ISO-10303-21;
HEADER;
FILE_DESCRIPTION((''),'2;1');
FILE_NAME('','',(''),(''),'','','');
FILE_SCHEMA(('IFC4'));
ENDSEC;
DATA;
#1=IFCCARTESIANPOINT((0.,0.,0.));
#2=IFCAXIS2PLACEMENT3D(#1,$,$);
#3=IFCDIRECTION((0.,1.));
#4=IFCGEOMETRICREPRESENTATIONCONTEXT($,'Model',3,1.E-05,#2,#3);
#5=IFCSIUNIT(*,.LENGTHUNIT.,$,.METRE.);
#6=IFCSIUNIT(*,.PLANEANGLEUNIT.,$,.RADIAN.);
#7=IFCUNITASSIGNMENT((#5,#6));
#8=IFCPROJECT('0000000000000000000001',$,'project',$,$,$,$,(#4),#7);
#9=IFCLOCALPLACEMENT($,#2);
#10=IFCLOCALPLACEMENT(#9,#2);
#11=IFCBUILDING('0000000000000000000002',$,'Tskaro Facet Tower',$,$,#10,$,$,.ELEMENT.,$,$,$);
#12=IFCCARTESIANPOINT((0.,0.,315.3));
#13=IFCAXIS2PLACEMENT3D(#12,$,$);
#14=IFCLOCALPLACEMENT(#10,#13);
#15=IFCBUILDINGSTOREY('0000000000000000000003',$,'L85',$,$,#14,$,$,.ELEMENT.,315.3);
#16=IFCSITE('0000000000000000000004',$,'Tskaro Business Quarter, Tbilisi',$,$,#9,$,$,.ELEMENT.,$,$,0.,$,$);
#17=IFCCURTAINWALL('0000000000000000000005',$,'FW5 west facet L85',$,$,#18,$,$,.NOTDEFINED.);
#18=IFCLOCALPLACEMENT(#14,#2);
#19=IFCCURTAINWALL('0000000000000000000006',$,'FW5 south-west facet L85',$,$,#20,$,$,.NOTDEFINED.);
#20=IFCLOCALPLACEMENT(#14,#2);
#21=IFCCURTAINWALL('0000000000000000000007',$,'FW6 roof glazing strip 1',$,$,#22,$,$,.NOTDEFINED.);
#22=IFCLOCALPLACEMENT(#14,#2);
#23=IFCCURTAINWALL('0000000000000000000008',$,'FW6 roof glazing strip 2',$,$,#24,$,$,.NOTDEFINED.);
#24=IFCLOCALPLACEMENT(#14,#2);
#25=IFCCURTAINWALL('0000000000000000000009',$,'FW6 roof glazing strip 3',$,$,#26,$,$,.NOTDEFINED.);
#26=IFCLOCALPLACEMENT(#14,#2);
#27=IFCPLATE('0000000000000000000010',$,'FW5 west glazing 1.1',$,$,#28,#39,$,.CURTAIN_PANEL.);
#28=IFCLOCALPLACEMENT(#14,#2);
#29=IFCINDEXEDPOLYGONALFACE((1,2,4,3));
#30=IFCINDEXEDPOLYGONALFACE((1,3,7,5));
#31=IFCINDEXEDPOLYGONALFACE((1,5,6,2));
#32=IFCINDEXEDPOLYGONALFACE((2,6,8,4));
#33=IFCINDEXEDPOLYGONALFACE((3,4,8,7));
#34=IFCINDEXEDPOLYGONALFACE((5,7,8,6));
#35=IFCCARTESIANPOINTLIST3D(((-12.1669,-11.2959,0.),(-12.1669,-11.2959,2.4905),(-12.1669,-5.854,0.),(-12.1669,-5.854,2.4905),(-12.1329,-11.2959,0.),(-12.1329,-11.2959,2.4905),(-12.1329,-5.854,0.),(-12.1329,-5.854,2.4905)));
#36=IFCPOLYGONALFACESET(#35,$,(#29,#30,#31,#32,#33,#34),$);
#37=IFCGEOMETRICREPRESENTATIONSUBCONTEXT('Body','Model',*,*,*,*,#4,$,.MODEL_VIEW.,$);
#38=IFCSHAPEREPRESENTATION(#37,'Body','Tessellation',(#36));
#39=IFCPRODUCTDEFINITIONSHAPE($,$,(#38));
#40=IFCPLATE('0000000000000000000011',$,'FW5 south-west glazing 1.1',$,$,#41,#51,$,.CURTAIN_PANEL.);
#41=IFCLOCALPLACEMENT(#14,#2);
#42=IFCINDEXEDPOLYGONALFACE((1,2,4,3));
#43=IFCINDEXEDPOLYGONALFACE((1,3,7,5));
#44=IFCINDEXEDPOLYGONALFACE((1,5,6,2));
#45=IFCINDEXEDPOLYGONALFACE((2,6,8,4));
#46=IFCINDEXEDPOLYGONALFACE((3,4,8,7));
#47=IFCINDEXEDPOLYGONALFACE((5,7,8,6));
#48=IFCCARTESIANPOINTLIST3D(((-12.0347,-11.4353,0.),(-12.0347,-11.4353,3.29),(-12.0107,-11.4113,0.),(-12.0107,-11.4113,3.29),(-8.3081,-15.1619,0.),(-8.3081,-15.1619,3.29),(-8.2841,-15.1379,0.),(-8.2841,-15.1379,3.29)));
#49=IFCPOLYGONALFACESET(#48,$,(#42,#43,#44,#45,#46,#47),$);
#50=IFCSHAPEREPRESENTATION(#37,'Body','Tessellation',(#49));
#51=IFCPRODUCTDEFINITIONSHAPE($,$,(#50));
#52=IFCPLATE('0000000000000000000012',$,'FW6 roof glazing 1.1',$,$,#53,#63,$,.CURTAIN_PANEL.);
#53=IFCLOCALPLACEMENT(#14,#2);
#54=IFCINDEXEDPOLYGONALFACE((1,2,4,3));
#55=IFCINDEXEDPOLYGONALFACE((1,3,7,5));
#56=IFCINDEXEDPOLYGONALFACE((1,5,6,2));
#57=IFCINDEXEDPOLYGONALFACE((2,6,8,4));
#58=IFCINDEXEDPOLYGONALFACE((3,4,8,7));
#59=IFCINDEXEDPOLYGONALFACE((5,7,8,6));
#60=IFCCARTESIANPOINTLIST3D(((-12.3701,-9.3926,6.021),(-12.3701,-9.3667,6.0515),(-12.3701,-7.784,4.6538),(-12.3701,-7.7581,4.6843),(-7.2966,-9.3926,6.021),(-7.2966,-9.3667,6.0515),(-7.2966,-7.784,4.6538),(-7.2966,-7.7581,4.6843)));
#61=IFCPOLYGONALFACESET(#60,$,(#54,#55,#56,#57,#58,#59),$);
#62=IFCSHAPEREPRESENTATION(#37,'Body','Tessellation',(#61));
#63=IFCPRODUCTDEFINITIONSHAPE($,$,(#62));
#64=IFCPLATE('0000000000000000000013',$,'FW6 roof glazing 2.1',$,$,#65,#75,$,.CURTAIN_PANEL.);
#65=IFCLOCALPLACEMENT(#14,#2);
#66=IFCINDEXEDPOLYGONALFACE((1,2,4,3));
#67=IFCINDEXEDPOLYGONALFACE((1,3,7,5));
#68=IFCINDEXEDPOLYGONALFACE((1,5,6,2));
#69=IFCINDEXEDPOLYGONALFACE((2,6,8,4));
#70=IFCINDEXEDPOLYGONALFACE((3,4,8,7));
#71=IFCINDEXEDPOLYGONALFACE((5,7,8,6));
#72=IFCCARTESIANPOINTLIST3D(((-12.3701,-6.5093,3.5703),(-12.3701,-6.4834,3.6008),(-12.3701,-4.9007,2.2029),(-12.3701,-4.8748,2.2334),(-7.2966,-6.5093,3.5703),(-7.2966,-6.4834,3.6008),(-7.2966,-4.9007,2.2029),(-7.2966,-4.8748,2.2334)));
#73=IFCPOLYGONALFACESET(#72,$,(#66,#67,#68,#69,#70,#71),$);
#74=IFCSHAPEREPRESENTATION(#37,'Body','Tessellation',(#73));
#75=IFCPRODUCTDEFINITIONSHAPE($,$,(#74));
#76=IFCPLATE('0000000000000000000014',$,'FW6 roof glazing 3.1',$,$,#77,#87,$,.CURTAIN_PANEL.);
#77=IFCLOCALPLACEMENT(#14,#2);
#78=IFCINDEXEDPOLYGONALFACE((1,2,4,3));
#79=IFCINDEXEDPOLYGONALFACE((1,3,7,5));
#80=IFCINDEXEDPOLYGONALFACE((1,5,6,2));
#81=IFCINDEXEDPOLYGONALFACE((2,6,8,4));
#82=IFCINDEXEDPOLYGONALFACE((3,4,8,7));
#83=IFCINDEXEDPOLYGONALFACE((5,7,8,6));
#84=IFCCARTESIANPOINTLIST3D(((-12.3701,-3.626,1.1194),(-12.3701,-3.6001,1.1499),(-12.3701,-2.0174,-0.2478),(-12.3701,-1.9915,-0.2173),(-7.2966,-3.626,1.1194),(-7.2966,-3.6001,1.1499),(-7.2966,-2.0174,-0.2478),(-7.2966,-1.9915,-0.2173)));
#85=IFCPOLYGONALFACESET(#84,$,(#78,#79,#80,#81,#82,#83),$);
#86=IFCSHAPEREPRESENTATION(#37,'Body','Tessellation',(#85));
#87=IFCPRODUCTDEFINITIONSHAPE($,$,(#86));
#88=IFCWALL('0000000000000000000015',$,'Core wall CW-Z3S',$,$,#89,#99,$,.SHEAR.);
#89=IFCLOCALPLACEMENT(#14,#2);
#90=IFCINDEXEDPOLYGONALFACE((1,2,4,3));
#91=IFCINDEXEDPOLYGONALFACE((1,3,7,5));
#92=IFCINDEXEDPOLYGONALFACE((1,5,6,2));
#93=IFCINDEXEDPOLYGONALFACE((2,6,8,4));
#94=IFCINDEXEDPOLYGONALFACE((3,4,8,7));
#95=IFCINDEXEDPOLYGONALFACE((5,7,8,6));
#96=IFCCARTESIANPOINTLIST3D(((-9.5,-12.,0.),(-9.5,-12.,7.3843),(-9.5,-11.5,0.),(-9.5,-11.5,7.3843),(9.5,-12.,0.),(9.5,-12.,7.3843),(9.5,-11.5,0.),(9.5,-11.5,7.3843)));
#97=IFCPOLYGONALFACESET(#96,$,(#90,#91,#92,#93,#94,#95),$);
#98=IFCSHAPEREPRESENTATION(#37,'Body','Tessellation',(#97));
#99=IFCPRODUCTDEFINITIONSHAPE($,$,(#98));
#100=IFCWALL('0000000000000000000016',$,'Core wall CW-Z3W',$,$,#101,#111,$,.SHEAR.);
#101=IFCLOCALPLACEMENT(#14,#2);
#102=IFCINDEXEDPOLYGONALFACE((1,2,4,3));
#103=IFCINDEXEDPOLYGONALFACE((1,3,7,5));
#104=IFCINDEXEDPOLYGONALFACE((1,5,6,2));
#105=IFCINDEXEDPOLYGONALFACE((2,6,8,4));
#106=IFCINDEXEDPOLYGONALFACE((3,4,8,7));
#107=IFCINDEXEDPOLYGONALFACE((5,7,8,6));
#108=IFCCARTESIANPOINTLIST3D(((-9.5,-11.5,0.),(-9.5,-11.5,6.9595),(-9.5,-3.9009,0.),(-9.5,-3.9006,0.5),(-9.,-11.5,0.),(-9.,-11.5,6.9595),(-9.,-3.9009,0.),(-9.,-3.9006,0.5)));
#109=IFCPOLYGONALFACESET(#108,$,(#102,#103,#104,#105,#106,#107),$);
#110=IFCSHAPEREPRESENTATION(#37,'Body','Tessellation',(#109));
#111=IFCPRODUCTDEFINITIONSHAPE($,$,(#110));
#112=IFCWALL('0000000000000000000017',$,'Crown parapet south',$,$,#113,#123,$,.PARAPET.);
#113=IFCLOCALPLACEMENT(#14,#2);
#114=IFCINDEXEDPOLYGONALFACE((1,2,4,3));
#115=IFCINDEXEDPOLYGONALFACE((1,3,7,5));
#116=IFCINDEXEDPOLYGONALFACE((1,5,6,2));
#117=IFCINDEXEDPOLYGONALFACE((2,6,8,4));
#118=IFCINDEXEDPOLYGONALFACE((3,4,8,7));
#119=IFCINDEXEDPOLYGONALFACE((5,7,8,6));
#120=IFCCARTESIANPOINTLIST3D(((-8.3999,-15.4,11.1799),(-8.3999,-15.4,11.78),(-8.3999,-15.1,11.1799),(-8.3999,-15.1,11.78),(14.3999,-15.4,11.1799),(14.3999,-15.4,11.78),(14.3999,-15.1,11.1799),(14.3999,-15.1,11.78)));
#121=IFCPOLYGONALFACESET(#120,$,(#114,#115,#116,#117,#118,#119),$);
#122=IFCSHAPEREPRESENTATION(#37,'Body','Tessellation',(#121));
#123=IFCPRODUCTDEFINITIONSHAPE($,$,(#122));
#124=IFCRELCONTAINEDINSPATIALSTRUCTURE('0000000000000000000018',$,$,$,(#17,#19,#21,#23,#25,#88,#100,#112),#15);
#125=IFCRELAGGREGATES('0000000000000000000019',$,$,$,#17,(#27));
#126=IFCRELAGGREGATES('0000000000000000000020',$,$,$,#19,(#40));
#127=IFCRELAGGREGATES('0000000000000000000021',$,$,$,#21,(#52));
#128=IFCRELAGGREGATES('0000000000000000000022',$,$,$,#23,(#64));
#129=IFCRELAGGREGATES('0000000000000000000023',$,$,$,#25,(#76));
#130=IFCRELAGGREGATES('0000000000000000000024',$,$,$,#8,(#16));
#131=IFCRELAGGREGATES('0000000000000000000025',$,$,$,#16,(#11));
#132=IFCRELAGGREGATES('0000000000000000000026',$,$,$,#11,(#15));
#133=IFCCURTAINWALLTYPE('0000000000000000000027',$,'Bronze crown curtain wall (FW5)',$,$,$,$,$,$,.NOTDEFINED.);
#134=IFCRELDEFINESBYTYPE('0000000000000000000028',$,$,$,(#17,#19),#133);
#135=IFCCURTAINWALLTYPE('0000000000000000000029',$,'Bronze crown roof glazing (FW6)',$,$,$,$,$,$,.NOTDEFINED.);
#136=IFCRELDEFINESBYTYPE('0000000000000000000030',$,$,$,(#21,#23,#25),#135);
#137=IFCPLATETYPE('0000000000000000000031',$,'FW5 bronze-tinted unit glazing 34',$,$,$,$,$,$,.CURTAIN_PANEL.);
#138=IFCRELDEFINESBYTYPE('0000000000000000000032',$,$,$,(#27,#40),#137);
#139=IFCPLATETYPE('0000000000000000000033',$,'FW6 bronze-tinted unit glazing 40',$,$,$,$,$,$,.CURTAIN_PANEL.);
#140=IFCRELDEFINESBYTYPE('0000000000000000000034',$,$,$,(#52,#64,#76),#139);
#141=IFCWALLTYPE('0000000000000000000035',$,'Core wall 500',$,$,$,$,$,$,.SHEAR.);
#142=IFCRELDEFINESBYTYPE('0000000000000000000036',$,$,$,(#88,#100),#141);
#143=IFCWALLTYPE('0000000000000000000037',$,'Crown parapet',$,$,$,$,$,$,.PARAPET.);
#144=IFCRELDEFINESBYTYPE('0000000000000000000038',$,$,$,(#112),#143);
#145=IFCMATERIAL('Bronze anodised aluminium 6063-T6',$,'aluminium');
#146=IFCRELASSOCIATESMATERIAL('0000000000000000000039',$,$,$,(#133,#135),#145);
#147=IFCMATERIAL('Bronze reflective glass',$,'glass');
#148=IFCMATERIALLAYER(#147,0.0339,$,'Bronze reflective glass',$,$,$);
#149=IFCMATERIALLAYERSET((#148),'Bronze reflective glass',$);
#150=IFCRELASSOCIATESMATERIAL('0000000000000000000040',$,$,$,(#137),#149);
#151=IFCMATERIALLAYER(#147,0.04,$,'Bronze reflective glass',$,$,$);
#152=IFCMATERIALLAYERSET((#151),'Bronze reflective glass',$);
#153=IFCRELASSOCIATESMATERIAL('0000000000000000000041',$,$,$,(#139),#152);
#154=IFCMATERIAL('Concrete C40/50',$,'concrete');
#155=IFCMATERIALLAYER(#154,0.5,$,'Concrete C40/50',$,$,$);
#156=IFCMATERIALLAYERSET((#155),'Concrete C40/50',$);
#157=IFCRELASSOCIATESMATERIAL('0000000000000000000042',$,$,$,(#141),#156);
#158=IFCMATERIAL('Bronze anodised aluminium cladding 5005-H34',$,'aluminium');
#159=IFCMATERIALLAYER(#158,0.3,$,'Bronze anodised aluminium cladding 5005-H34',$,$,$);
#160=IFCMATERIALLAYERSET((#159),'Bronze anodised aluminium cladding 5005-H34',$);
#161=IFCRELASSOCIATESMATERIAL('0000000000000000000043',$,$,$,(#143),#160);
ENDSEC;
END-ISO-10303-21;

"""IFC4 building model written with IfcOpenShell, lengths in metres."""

from ifc_helpers import new_model, si_unit, direction, frame, frame_2d, origin, origin_2d, place, context, subcontext, project, spatial, polyline, rectangle, outline, extrude, material, layer, layer_set, type_object, element, aggregate, save


model = new_model("IFC4")

# Units and contexts
model_context = context("Model", 3, precision=1e-05, world=origin(), true_north=direction((0.0, 1.0)))
body_context = subcontext(model_context, "Body", "Model", "MODEL_VIEW")
ifc_project = project(units=[si_unit("LENGTHUNIT", "METRE"), si_unit("PLANEANGLEUNIT", "RADIAN")], contexts=[model_context])

# Site, building, storey
site_placement = place(None, origin())
site = spatial("IfcSite", under=ifc_project, at=site_placement, Name="Tskaro Business Quarter, Tbilisi", CompositionType="ELEMENT", RefElevation=0.0)
building_placement = place(site_placement, origin())
building = spatial("IfcBuilding", under=site, at=building_placement, Name="Tskaro Facet Tower", CompositionType="ELEMENT")
storey_placement = place(building_placement, frame((0.0, 0.0, 315.3)))
storey = spatial("IfcBuildingStorey", under=building, at=storey_placement, Name="L85", CompositionType="ELEMENT", Elevation=315.3)

# Curtain walls
ifc_material_1 = material(Name="Bronze anodised aluminium 6063-T6", Category="aluminium")
curtain_wall_type_1 = type_object("IfcCurtainWallType", Name="Bronze crown curtain wall (FW5)", PredefinedType="NOTDEFINED", material=ifc_material_1)
curtain_wall_1_placement = place(storey_placement, origin())
curtain_wall_1 = element("IfcCurtainWall", 1, at=curtain_wall_1_placement, inside=storey, type_object=curtain_wall_type_1, Name="FW5 west facet L85", PredefinedType="NOTDEFINED")
curtain_wall_2_placement = place(storey_placement, origin())
curtain_wall_2 = element("IfcCurtainWall", 2, at=curtain_wall_2_placement, inside=storey, type_object=curtain_wall_type_1, Name="FW5 south-west facet L85", PredefinedType="NOTDEFINED")

# Curtain walls
curtain_wall_type_2 = type_object("IfcCurtainWallType", Name="Bronze crown roof glazing (FW6)", PredefinedType="NOTDEFINED", material=ifc_material_1)
curtain_wall_3_placement = place(storey_placement, origin())
curtain_wall_3 = element("IfcCurtainWall", 3, at=curtain_wall_3_placement, inside=storey, type_object=curtain_wall_type_2, Name="FW6 roof glazing strip 1", PredefinedType="NOTDEFINED")
curtain_wall_4_placement = place(storey_placement, origin())
curtain_wall_4 = element("IfcCurtainWall", 4, at=curtain_wall_4_placement, inside=storey, type_object=curtain_wall_type_2, Name="FW6 roof glazing strip 2", PredefinedType="NOTDEFINED")
curtain_wall_5_placement = place(storey_placement, origin())
curtain_wall_5 = element("IfcCurtainWall", 5, at=curtain_wall_5_placement, inside=storey, type_object=curtain_wall_type_2, Name="FW6 roof glazing strip 3", PredefinedType="NOTDEFINED")

# Shared definitions
ifc_material_2 = material(Name="Bronze anodised aluminium cladding 5005-H34", Category="aluminium")

# Plates
ifc_material_3 = material(Name="Bronze reflective glass", Category="glass")
ifc_layer_1 = layer(ifc_material_3, 0.0339, Name="Bronze reflective glass")
ifc_layer_set_1 = layer_set([ifc_layer_1], Name="Bronze reflective glass")
plate_type_1 = type_object("IfcPlateType", Name="FW5 bronze-tinted unit glazing 34", PredefinedType="CURTAIN_PANEL", material=ifc_layer_set_1)
plate_1_placement = place(storey_placement, frame((-12.1499, -8.575, 0.0), z_axis=(0.0, 0.0, 1.0), x_axis=(0.0, -1.0, 0.0)))
plate_1 = element("IfcPlate", 6, at=plate_1_placement, type_object=plate_type_1, Name="FW5 west glazing 1.1", PredefinedType="CURTAIN_PANEL", context=body_context, shape_type="SweptSolid", body=[
    extrude(rectangle(XDim=5.4419, YDim=0.0339, at=origin_2d()), origin(), (0.0, 0.0, 1.0), 2.4905),
])
aggregate(curtain_wall_1, [plate_1])
plate_2_placement = place(storey_placement, frame((-10.1594, -13.2866, 0.0), z_axis=(0.0, 0.0, 1.0), x_axis=(0.707107, -0.707107, 0.0)))
plate_2 = element("IfcPlate", 7, at=plate_2_placement, type_object=plate_type_1, Name="FW5 south-west glazing 1.1", PredefinedType="CURTAIN_PANEL", context=body_context, shape_type="SweptSolid", body=[
    extrude(rectangle(XDim=5.2703, YDim=0.0339, at=origin_2d()), origin(), (0.0, 0.0, 1.0), 3.29),
])
aggregate(curtain_wall_2, [plate_2])
ifc_layer_2 = layer(ifc_material_3, 0.04, Name="Bronze reflective glass")
ifc_layer_set_2 = layer_set([ifc_layer_2], Name="Bronze reflective glass")
plate_type_2 = type_object("IfcPlateType", Name="FW6 bronze-tinted unit glazing 40", PredefinedType="CURTAIN_PANEL", material=ifc_layer_set_2)
plate_3_placement = place(storey_placement, frame((-12.3701, -9.3667, 6.0515), z_axis=(0.0, 0.647605, 0.761976), x_axis=(1.0, 0.0, 0.0)))
plate_3 = element("IfcPlate", 8, at=plate_3_placement, type_object=plate_type_2, Name="FW6 roof glazing 1.1", PredefinedType="CURTAIN_PANEL", context=body_context, shape_type="SweptSolid", body=[
    extrude(outline(polyline([(0.0, 0.0), (5.0735, 0.0), (5.0735, 2.1111), (0.0, 2.1111), (0.0, 0.0)])), origin(), (0.0, 0.0, -1.0), 0.04),
])
aggregate(curtain_wall_3, [plate_3])
plate_4_placement = place(storey_placement, frame((-12.3701, -6.4834, 3.6008), z_axis=(0.0, 0.647672, 0.761919), x_axis=(1.0, 0.0, 0.0)))
plate_4 = element("IfcPlate", 9, at=plate_4_placement, type_object=plate_type_2, Name="FW6 roof glazing 2.1", PredefinedType="CURTAIN_PANEL", context=body_context, shape_type="SweptSolid", body=[
    extrude(outline(polyline([(0.0, 0.0), (5.0735, 0.0), (5.0735, 2.1113), (0.0, 2.1113), (0.0, 0.0)])), origin(), (0.0, 0.0, -1.0), 0.04),
])
aggregate(curtain_wall_4, [plate_4])
plate_5_placement = place(storey_placement, frame((-12.3701, -3.6001, 1.1499), z_axis=(0.0, 0.647605, 0.761976), x_axis=(1.0, 0.0, 0.0)))
plate_5 = element("IfcPlate", 10, at=plate_5_placement, type_object=plate_type_2, Name="FW6 roof glazing 3.1", PredefinedType="CURTAIN_PANEL", context=body_context, shape_type="SweptSolid", body=[
    extrude(outline(polyline([(0.0, 0.0), (5.0735, 0.0), (5.0735, 2.1111), (0.0, 2.1111), (0.0, 0.0)])), origin(), (0.0, 0.0, -1.0), 0.04),
])
aggregate(curtain_wall_5, [plate_5])

# Walls
ifc_material_4 = material(Name="Concrete C40/50", Category="concrete")
ifc_layer_3 = layer(ifc_material_4, 0.5, Name="Concrete C40/50")
ifc_layer_set_3 = layer_set([ifc_layer_3], Name="Concrete C40/50")
wall_type_1 = type_object("IfcWallType", Name="Core wall 500", PredefinedType="SHEAR", material=ifc_layer_set_3)
wall_1_placement = place(storey_placement, frame((-9.5, -11.75, 0.0), z_axis=(0.0, 0.0, 1.0), x_axis=(1.0, 0.0, 0.0)))
element("IfcWall", 11, at=wall_1_placement, inside=storey, type_object=wall_type_1, Name="Core wall CW-Z3S", PredefinedType="SHEAR", context=body_context, shape_type="SweptSolid", body=[
    extrude(outline(polyline([(0.0, 0.0), (19.0, 0.0), (19.0, 7.3843), (0.0, 7.3843), (0.0, 0.0)])), frame((0.0, 0.25, 0.0), z_axis=(0.0, -1.0, 0.0), x_axis=(1.0, 0.0, 0.0)), (0.0, 0.0, 1.0), 0.5),
])
wall_2_placement = place(storey_placement, frame((-9.25, -11.5, 0.0), z_axis=(0.0, 0.0, 1.0), x_axis=(0.0, 1.0, 0.0)))
element("IfcWall", 12, at=wall_2_placement, inside=storey, type_object=wall_type_1, Name="Core wall CW-Z3W", PredefinedType="SHEAR", context=body_context, shape_type="SweptSolid", body=[
    extrude(outline(polyline([(0.0, 0.0), (7.5991, 0.0), (7.5994, 0.5), (0.0, 6.9595), (0.0, 0.0)])), frame((0.0, 0.25, 0.0), z_axis=(0.0, -1.0, 0.0), x_axis=(1.0, 0.0, 0.0)), (0.0, 0.0, 1.0), 0.5),
])
ifc_layer_4 = layer(ifc_material_2, 0.3, Name="Bronze anodised aluminium cladding 5005-H34")
ifc_layer_set_4 = layer_set([ifc_layer_4], Name="Bronze anodised aluminium cladding 5005-H34")
wall_type_2 = type_object("IfcWallType", Name="Crown parapet", PredefinedType="PARAPET", material=ifc_layer_set_4)
wall_3_placement = place(storey_placement, frame((-8.3999, -15.25, 11.1799), z_axis=(0.0, 0.0, 1.0), x_axis=(1.0, 0.0, 0.0)))
element("IfcWall", 13, at=wall_3_placement, inside=storey, type_object=wall_type_2, Name="Crown parapet south", PredefinedType="PARAPET", context=body_context, shape_type="SweptSolid", body=[
    extrude(rectangle(XDim=22.7998, YDim=0.3, at=frame_2d((11.3999, 0.0))), origin(), (0.0, 0.0, 1.0), 0.6001),
])

save(model, "model.ifc")
